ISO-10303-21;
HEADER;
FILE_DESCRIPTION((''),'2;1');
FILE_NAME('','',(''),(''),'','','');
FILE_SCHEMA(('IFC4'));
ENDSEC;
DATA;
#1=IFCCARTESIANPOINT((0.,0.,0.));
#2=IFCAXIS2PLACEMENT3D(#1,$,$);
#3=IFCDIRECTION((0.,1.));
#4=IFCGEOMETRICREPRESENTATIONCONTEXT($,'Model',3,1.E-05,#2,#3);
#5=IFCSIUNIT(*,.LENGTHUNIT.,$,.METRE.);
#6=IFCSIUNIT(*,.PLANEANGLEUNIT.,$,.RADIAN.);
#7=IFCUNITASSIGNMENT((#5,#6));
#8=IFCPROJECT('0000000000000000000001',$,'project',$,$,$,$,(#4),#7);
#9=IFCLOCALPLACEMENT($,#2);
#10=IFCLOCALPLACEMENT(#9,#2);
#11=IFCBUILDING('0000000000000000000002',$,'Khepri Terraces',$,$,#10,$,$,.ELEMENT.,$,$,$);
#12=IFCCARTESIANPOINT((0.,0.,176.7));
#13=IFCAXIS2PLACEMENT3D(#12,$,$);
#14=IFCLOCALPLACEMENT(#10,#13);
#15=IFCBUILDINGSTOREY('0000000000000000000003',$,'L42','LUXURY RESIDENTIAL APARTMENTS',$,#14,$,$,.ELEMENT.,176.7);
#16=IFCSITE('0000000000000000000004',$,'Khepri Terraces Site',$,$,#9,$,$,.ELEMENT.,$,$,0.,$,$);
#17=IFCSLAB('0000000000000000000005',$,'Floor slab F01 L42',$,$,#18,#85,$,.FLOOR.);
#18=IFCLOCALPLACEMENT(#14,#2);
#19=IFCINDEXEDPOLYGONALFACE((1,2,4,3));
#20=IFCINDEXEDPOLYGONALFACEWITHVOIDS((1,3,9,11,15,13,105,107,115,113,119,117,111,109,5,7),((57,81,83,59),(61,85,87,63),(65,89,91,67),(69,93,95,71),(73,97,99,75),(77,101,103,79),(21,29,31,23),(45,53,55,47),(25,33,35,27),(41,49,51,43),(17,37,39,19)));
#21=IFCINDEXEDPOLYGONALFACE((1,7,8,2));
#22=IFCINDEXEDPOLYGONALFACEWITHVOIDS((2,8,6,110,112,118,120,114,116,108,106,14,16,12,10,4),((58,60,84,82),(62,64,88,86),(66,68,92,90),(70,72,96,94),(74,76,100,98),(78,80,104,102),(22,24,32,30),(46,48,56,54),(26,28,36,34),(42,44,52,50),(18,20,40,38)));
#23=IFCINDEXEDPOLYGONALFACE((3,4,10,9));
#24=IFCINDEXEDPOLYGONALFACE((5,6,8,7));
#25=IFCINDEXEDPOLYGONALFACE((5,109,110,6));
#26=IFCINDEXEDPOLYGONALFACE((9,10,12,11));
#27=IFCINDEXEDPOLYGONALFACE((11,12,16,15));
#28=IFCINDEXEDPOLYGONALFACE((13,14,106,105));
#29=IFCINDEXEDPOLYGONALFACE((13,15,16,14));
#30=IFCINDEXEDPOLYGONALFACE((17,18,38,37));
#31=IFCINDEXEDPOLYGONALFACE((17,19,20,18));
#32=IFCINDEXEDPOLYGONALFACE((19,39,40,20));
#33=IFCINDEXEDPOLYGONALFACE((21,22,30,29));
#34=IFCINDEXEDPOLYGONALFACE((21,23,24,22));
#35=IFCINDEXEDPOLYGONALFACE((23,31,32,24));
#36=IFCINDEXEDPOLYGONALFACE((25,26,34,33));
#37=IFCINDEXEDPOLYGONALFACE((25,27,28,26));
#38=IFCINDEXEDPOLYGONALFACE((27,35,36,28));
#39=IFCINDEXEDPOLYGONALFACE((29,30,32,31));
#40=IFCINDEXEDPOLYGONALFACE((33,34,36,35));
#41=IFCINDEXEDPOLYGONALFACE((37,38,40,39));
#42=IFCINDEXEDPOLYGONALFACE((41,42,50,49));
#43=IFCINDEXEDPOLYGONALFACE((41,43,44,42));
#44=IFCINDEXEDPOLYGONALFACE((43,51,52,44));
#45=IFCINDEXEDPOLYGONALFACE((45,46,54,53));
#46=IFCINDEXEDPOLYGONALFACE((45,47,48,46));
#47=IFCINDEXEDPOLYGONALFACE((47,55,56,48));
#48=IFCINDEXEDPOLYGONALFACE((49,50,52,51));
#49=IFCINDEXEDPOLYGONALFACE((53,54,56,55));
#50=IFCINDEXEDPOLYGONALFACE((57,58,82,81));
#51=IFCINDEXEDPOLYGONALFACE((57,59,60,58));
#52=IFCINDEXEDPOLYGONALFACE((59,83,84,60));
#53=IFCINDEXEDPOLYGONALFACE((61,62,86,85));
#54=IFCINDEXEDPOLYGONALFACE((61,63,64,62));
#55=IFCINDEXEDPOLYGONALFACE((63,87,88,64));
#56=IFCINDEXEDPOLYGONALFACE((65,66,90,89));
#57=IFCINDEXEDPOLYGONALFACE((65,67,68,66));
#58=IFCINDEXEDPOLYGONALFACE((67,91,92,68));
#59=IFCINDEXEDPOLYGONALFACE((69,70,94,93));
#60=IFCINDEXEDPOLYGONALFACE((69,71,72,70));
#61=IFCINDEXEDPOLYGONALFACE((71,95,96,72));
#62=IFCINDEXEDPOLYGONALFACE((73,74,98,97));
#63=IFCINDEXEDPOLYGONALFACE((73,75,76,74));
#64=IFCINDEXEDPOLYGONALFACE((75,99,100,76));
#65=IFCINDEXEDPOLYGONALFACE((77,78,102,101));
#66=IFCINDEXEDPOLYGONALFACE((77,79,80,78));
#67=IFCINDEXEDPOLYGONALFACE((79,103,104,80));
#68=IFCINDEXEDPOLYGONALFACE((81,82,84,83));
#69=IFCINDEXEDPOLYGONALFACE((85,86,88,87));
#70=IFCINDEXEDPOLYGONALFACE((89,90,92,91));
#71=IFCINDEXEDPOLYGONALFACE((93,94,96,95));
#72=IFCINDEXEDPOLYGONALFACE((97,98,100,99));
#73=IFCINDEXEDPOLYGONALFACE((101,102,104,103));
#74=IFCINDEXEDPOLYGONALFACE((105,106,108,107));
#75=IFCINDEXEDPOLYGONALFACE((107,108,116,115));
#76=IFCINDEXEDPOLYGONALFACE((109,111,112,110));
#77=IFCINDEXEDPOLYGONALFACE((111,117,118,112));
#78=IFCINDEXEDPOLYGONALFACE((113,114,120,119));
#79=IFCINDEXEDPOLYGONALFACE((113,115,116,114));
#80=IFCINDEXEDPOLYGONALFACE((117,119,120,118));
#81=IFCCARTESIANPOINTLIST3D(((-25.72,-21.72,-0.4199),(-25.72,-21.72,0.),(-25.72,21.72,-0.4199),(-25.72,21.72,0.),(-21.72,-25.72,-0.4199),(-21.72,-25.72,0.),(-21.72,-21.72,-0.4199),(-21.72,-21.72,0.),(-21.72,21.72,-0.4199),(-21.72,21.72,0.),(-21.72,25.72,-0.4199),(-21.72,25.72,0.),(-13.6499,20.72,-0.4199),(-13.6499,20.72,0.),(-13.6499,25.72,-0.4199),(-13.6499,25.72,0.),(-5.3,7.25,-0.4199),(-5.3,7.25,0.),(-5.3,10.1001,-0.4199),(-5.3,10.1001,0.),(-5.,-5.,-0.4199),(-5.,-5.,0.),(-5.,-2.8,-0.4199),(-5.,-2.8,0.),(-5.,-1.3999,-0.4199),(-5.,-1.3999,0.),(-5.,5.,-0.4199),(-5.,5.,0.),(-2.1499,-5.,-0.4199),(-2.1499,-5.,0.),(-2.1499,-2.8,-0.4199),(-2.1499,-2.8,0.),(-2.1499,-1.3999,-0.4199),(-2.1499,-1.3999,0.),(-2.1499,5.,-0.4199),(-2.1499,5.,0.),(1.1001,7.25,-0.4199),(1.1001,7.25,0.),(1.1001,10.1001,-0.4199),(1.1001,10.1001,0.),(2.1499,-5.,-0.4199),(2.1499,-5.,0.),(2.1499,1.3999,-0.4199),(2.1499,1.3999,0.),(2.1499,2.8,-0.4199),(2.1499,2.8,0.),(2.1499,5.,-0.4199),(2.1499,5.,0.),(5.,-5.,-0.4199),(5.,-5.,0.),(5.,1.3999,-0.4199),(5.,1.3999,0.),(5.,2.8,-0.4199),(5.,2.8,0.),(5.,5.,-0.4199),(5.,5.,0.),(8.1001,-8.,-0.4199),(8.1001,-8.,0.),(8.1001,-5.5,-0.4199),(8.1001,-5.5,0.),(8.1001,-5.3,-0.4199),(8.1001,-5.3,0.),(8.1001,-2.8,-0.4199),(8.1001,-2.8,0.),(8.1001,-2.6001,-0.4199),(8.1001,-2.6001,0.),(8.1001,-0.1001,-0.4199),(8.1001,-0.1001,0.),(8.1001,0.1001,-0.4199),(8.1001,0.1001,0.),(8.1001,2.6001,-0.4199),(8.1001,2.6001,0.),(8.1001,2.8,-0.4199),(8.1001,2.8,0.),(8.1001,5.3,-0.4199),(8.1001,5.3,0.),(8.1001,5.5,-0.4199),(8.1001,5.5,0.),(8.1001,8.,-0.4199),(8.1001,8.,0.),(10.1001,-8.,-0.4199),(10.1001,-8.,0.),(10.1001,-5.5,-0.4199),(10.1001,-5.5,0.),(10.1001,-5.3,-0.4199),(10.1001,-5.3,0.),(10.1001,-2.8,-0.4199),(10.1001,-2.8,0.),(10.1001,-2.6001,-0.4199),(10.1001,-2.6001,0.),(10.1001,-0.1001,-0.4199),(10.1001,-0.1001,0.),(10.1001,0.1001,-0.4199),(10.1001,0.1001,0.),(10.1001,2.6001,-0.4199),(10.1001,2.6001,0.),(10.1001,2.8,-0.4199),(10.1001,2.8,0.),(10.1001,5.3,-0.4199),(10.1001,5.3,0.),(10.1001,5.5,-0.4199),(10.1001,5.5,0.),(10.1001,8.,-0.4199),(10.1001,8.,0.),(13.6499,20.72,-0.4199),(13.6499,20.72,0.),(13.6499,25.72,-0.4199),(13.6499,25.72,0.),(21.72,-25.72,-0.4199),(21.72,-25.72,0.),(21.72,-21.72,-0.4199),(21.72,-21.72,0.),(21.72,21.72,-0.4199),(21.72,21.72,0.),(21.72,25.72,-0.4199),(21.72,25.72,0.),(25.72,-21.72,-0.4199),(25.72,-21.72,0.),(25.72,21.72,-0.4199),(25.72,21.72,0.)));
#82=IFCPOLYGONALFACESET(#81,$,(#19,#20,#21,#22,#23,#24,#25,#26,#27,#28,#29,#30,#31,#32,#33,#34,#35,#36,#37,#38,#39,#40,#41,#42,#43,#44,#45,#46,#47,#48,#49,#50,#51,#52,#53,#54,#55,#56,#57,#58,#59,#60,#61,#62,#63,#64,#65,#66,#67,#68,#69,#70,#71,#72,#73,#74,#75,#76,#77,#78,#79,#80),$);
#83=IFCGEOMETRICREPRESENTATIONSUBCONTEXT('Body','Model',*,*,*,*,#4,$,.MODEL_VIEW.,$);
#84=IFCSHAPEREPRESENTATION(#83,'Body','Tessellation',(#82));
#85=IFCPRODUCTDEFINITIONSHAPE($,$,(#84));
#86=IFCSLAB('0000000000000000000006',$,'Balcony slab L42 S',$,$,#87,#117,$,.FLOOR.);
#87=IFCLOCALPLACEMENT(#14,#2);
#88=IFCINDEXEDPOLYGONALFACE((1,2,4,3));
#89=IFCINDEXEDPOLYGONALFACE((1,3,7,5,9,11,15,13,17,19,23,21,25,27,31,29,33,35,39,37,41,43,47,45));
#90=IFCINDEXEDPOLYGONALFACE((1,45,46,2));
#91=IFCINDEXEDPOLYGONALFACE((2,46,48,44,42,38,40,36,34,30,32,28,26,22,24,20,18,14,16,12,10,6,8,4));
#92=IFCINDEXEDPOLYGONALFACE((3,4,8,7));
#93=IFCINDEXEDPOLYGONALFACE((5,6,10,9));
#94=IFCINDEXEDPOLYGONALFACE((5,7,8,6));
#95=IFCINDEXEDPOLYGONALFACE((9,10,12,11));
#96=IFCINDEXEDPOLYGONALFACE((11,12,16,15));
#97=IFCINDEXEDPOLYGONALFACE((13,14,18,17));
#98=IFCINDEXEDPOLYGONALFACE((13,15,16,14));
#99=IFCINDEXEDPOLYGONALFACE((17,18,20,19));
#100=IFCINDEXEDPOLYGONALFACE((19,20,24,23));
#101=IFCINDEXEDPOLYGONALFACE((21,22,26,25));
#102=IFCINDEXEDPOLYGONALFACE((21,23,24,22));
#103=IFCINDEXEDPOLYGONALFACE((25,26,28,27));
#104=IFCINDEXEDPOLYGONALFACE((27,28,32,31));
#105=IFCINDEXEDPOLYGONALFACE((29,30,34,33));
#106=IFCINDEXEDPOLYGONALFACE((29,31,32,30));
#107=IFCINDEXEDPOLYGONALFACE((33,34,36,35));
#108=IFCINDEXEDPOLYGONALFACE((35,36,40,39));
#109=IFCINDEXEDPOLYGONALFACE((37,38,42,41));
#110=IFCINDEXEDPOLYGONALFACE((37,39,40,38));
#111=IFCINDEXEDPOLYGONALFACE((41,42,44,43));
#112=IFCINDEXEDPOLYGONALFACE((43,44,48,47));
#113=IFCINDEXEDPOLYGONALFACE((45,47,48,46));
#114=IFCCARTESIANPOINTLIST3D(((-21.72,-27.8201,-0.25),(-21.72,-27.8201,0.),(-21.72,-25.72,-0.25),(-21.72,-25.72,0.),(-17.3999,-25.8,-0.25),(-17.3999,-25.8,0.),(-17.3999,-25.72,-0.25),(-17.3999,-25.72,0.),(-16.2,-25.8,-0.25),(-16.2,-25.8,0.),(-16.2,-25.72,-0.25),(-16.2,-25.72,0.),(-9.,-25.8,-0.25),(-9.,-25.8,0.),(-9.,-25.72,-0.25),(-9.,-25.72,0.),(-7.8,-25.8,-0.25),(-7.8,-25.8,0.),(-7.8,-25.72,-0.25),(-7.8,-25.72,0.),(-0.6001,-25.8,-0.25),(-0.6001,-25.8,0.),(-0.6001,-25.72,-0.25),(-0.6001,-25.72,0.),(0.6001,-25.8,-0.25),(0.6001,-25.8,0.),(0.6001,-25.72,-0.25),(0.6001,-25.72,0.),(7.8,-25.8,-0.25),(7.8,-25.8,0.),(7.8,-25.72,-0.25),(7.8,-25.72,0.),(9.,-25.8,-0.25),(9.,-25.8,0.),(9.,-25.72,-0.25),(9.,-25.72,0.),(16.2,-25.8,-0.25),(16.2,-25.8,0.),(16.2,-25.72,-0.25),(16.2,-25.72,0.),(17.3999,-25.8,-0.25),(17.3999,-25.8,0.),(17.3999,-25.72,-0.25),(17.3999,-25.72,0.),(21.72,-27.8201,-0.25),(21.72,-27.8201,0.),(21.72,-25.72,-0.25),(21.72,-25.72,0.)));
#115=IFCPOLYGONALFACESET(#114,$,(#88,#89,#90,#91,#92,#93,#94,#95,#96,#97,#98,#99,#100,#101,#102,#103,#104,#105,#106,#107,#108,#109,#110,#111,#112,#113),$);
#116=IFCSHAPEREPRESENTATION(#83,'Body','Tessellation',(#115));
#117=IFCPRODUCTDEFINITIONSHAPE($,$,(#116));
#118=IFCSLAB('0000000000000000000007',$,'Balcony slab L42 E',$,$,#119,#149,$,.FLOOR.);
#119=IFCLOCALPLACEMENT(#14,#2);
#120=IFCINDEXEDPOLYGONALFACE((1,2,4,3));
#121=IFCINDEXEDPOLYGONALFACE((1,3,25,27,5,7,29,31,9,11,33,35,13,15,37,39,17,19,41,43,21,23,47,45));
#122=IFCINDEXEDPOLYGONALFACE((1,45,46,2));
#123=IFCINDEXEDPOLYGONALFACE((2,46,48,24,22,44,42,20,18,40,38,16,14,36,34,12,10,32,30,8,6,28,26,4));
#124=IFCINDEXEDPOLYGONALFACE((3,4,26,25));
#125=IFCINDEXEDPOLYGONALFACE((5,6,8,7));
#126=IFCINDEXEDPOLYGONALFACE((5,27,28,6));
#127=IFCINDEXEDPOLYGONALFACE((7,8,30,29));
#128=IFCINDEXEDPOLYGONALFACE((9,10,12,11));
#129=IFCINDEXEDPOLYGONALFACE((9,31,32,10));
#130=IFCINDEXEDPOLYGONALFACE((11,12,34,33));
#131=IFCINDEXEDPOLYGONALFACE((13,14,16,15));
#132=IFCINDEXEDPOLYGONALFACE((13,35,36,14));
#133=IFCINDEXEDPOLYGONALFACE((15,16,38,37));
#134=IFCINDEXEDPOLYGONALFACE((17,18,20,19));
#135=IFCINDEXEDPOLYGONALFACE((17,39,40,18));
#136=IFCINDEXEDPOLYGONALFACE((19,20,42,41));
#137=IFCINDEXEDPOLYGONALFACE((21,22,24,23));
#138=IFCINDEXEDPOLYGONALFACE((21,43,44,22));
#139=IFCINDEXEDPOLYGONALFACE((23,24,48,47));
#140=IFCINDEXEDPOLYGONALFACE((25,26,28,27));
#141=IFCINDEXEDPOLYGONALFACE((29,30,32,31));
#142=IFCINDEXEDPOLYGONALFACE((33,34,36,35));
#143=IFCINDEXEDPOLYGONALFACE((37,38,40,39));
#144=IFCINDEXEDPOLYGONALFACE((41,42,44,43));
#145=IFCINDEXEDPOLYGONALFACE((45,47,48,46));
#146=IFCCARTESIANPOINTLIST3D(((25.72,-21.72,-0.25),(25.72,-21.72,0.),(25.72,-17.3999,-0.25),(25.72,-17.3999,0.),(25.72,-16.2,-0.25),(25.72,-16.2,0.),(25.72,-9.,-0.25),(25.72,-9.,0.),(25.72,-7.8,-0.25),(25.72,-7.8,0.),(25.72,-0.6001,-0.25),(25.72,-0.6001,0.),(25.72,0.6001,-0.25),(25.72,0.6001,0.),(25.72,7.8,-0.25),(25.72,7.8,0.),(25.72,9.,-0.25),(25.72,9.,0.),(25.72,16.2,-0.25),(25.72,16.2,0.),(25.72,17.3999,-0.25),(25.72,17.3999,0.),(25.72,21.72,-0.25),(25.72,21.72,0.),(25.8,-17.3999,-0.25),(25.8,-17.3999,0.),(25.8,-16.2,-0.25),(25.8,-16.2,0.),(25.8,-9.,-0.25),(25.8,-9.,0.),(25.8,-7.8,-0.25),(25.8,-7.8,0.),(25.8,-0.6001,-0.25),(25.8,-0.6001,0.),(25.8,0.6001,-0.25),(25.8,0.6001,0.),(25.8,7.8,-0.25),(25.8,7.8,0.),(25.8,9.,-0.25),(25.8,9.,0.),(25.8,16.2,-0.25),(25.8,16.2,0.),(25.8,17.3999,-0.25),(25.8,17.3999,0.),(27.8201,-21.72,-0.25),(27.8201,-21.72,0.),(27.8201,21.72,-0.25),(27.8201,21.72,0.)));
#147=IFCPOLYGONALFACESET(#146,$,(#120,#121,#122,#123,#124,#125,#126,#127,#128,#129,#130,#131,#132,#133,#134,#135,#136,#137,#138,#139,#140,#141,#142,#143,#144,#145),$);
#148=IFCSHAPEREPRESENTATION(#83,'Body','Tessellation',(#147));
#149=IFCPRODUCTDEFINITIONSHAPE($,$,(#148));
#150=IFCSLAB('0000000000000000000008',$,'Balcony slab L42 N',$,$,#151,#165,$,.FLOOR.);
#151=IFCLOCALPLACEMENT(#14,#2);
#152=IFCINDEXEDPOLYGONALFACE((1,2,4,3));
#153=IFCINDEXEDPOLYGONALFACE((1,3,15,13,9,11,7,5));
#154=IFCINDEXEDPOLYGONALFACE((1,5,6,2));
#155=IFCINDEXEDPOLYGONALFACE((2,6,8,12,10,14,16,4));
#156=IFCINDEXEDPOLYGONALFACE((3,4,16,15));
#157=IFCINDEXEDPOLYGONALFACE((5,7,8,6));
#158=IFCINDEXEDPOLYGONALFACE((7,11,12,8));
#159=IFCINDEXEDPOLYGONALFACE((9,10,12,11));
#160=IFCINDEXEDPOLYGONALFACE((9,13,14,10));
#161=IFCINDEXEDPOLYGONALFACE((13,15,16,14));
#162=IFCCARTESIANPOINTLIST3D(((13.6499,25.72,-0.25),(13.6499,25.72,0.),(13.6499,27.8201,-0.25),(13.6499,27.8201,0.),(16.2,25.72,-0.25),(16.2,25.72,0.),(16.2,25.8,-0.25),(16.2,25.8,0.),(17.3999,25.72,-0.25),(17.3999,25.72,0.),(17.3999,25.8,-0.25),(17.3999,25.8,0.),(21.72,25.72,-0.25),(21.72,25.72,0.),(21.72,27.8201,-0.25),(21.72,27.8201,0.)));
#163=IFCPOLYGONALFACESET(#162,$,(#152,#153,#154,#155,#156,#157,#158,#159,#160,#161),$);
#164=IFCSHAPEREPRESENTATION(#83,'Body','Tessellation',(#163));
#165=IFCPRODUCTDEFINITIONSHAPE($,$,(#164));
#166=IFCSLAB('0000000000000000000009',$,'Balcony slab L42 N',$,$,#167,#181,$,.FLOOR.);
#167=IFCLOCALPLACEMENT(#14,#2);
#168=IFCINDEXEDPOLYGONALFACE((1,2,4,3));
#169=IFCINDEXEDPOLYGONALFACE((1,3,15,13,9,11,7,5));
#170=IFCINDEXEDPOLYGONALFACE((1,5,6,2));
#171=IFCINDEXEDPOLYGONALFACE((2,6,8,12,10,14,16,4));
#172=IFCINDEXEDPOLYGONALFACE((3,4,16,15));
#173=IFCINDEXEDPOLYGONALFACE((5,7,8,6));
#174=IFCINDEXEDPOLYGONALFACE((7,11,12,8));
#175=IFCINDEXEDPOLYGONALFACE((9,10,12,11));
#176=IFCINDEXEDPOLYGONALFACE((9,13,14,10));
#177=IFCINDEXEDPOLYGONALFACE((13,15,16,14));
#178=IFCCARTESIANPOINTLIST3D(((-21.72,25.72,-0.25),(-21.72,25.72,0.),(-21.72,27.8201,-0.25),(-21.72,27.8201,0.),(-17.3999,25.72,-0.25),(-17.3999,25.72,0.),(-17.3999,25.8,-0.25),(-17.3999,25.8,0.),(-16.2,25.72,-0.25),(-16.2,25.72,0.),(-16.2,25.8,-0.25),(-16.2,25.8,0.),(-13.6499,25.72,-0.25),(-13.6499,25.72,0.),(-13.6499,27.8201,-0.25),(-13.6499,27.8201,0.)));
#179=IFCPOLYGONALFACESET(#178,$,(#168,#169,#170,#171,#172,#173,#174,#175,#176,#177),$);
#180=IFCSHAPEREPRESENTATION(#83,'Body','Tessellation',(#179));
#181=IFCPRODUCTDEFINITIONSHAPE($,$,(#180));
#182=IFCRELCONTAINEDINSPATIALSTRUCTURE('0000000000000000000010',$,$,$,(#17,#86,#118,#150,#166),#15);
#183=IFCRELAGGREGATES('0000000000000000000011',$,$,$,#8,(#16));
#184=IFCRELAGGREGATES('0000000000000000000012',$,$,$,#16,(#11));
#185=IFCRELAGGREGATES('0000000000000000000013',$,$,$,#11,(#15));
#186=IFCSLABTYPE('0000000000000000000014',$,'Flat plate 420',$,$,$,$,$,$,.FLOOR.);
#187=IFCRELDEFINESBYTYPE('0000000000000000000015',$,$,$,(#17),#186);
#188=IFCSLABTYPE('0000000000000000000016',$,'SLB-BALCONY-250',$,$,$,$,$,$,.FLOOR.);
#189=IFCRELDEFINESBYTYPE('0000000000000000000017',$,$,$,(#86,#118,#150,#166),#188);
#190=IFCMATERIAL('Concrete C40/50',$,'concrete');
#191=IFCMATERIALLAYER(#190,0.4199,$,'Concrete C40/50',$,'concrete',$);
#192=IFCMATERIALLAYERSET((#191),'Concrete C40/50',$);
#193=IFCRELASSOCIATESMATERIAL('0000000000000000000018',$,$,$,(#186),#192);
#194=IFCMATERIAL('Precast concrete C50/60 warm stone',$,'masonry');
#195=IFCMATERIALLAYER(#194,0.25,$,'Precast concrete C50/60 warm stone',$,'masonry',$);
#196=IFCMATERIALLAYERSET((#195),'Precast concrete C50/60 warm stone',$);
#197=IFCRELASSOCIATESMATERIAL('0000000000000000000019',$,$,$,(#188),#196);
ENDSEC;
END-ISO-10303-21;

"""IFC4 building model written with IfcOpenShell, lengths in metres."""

from ifc_helpers import new_model, si_unit, direction, frame, origin, place, context, subcontext, project, spatial, polyline, outline, extrude, material, layer, layer_set, type_object, element, save


model = new_model("IFC4")

# Units and contexts
model_context = context("Model", 3, precision=1e-05, world=origin(), true_north=direction((0.0, 1.0)))
body_context = subcontext(model_context, "Body", "Model", "MODEL_VIEW")
ifc_project = project(units=[si_unit("LENGTHUNIT", "METRE"), si_unit("PLANEANGLEUNIT", "RADIAN")], contexts=[model_context])

# Site, building, storey
site_placement = place(None, origin())
site = spatial("IfcSite", under=ifc_project, at=site_placement, Name="Khepri Terraces Site", CompositionType="ELEMENT", RefElevation=0.0)
building_placement = place(site_placement, origin())
building = spatial("IfcBuilding", under=site, at=building_placement, Name="Khepri Terraces", CompositionType="ELEMENT")
storey_placement = place(building_placement, frame((0.0, 0.0, 176.7)))
storey = spatial("IfcBuildingStorey", under=building, at=storey_placement, Name="L42", Description="LUXURY RESIDENTIAL APARTMENTS", CompositionType="ELEMENT", Elevation=176.7)

# Slabs
ifc_material_1 = material(Name="Concrete C40/50", Category="concrete")
ifc_layer_1 = layer(ifc_material_1, 0.4199, Name="Concrete C40/50", Category="concrete")
ifc_layer_set_1 = layer_set([ifc_layer_1], Name="Concrete C40/50")
slab_type_1 = type_object("IfcSlabType", Name="Flat plate 420", PredefinedType="FLOOR", material=ifc_layer_set_1)
slab_1_placement = place(storey_placement, frame((0.0, 0.0, -0.4199)))
element("IfcSlab", 1, at=slab_1_placement, inside=storey, type_object=slab_type_1, Name="Floor slab F01 L42", PredefinedType="FLOOR", context=body_context, shape_type="SweptSolid", body=[
    extrude(outline(polyline([(13.6499, 25.72), (21.72, 25.72), (21.72, 21.72), (25.72, 21.72), (25.72, -21.72), (21.72, -21.72), (21.72, -25.72), (-21.72, -25.72), (-21.72, -21.72), (-25.72, -21.72), (-25.72, 21.72), (-21.72, 21.72), (-21.72, 25.72), (-13.6499, 25.72), (-13.6499, 20.72), (13.6499, 20.72), (13.6499, 25.72)]), holes=[polyline([(2.1499, 2.8), (5.0, 2.8), (5.0, 5.0), (2.1499, 5.0), (2.1499, 2.8)]), polyline([(-5.0, -2.8), (-5.0, -5.0), (-2.1499, -5.0), (-2.1499, -2.8), (-5.0, -2.8)]), polyline([(10.1001, -5.5), (8.1001, -5.5), (8.1001, -8.0), (10.1001, -8.0), (10.1001, -5.5)]), polyline([(10.1001, -5.3), (10.1001, -2.8), (8.1001, -2.8), (8.1001, -5.3), (10.1001, -5.3)]), polyline([(8.1001, -2.6001), (10.1001, -2.6001), (10.1001, -0.1001), (8.1001, -0.1001), (8.1001, -2.6001)]), polyline([(8.1001, 2.6001), (8.1001, 0.1001), (10.1001, 0.1001), (10.1001, 2.6001), (8.1001, 2.6001)]), polyline([(10.1001, 5.3), (8.1001, 5.3), (8.1001, 2.8), (10.1001, 2.8), (10.1001, 5.3)]), polyline([(10.1001, 5.5), (10.1001, 8.0), (8.1001, 8.0), (8.1001, 5.5), (10.1001, 5.5)]), polyline([(-5.0, -1.3999), (-2.1499, -1.3999), (-2.1499, 5.0), (-5.0, 5.0), (-5.0, -1.3999)]), polyline([(5.0, -5.0), (5.0, 1.3999), (2.1499, 1.3999), (2.1499, -5.0), (5.0, -5.0)]), polyline([(-5.3, 10.1001), (-5.3, 7.25), (1.1001, 7.25), (1.1001, 10.1001), (-5.3, 10.1001)])]), origin(), (0.0, 0.0, 1.0), 0.4199),
])
ifc_material_2 = material(Name="Precast concrete C50/60 warm stone", Category="masonry")
ifc_layer_2 = layer(ifc_material_2, 0.25, Name="Precast concrete C50/60 warm stone", Category="masonry")
ifc_layer_set_2 = layer_set([ifc_layer_2], Name="Precast concrete C50/60 warm stone")
slab_type_2 = type_object("IfcSlabType", Name="SLB-BALCONY-250", PredefinedType="FLOOR", material=ifc_layer_set_2)
slab_2_placement = place(storey_placement, frame((0.0, 0.0, -0.25)))
element("IfcSlab", 2, at=slab_2_placement, inside=storey, type_object=slab_type_2, Name="Balcony slab L42 S", PredefinedType="FLOOR", context=body_context, shape_type="SweptSolid", body=[
    extrude(outline(polyline([(-17.3999, -25.72), (-21.72, -25.72), (-21.72, -27.8201), (21.72, -27.8201), (21.72, -25.72), (17.3999, -25.72), (17.3999, -25.8), (16.2, -25.8), (16.2, -25.72), (9.0, -25.72), (9.0, -25.8), (7.8, -25.8), (7.8, -25.72), (0.6001, -25.72), (0.6001, -25.8), (-0.6001, -25.8), (-0.6001, -25.72), (-7.8, -25.72), (-7.8, -25.8), (-9.0, -25.8), (-9.0, -25.72), (-16.2, -25.72), (-16.2, -25.8), (-17.3999, -25.8), (-17.3999, -25.72)])), origin(), (0.0, 0.0, 1.0), 0.25),
])
slab_3_placement = place(storey_placement, frame((0.0, 0.0, -0.25)))
element("IfcSlab", 3, at=slab_3_placement, inside=storey, type_object=slab_type_2, Name="Balcony slab L42 E", PredefinedType="FLOOR", context=body_context, shape_type="SweptSolid", body=[
    extrude(outline(polyline([(25.72, -17.3999), (25.72, -21.72), (27.8201, -21.72), (27.8201, 21.72), (25.72, 21.72), (25.72, 17.3999), (25.8, 17.3999), (25.8, 16.2), (25.72, 16.2), (25.72, 9.0), (25.8, 9.0), (25.8, 7.8), (25.72, 7.8), (25.72, 0.6001), (25.8, 0.6001), (25.8, -0.6001), (25.72, -0.6001), (25.72, -7.8), (25.8, -7.8), (25.8, -9.0), (25.72, -9.0), (25.72, -16.2), (25.8, -16.2), (25.8, -17.3999), (25.72, -17.3999)])), origin(), (0.0, 0.0, 1.0), 0.25),
])
slab_4_placement = place(storey_placement, frame((0.0, 0.0, -0.25)))
element("IfcSlab", 4, at=slab_4_placement, inside=storey, type_object=slab_type_2, Name="Balcony slab L42 N", PredefinedType="FLOOR", context=body_context, shape_type="SweptSolid", body=[
    extrude(outline(polyline([(17.3999, 25.72), (21.72, 25.72), (21.72, 27.8201), (13.6499, 27.8201), (13.6499, 25.72), (16.2, 25.72), (16.2, 25.8), (17.3999, 25.8), (17.3999, 25.72)])), origin(), (0.0, 0.0, 1.0), 0.25),
])
slab_5_placement = place(storey_placement, frame((0.0, 0.0, -0.25)))
element("IfcSlab", 5, at=slab_5_placement, inside=storey, type_object=slab_type_2, Name="Balcony slab L42 N", PredefinedType="FLOOR", context=body_context, shape_type="SweptSolid", body=[
    extrude(outline(polyline([(-16.2, 25.72), (-13.6499, 25.72), (-13.6499, 27.8201), (-21.72, 27.8201), (-21.72, 25.72), (-17.3999, 25.72), (-17.3999, 25.8), (-16.2, 25.8), (-16.2, 25.72)])), origin(), (0.0, 0.0, 1.0), 0.25),
])

save(model, "model.ifc")
